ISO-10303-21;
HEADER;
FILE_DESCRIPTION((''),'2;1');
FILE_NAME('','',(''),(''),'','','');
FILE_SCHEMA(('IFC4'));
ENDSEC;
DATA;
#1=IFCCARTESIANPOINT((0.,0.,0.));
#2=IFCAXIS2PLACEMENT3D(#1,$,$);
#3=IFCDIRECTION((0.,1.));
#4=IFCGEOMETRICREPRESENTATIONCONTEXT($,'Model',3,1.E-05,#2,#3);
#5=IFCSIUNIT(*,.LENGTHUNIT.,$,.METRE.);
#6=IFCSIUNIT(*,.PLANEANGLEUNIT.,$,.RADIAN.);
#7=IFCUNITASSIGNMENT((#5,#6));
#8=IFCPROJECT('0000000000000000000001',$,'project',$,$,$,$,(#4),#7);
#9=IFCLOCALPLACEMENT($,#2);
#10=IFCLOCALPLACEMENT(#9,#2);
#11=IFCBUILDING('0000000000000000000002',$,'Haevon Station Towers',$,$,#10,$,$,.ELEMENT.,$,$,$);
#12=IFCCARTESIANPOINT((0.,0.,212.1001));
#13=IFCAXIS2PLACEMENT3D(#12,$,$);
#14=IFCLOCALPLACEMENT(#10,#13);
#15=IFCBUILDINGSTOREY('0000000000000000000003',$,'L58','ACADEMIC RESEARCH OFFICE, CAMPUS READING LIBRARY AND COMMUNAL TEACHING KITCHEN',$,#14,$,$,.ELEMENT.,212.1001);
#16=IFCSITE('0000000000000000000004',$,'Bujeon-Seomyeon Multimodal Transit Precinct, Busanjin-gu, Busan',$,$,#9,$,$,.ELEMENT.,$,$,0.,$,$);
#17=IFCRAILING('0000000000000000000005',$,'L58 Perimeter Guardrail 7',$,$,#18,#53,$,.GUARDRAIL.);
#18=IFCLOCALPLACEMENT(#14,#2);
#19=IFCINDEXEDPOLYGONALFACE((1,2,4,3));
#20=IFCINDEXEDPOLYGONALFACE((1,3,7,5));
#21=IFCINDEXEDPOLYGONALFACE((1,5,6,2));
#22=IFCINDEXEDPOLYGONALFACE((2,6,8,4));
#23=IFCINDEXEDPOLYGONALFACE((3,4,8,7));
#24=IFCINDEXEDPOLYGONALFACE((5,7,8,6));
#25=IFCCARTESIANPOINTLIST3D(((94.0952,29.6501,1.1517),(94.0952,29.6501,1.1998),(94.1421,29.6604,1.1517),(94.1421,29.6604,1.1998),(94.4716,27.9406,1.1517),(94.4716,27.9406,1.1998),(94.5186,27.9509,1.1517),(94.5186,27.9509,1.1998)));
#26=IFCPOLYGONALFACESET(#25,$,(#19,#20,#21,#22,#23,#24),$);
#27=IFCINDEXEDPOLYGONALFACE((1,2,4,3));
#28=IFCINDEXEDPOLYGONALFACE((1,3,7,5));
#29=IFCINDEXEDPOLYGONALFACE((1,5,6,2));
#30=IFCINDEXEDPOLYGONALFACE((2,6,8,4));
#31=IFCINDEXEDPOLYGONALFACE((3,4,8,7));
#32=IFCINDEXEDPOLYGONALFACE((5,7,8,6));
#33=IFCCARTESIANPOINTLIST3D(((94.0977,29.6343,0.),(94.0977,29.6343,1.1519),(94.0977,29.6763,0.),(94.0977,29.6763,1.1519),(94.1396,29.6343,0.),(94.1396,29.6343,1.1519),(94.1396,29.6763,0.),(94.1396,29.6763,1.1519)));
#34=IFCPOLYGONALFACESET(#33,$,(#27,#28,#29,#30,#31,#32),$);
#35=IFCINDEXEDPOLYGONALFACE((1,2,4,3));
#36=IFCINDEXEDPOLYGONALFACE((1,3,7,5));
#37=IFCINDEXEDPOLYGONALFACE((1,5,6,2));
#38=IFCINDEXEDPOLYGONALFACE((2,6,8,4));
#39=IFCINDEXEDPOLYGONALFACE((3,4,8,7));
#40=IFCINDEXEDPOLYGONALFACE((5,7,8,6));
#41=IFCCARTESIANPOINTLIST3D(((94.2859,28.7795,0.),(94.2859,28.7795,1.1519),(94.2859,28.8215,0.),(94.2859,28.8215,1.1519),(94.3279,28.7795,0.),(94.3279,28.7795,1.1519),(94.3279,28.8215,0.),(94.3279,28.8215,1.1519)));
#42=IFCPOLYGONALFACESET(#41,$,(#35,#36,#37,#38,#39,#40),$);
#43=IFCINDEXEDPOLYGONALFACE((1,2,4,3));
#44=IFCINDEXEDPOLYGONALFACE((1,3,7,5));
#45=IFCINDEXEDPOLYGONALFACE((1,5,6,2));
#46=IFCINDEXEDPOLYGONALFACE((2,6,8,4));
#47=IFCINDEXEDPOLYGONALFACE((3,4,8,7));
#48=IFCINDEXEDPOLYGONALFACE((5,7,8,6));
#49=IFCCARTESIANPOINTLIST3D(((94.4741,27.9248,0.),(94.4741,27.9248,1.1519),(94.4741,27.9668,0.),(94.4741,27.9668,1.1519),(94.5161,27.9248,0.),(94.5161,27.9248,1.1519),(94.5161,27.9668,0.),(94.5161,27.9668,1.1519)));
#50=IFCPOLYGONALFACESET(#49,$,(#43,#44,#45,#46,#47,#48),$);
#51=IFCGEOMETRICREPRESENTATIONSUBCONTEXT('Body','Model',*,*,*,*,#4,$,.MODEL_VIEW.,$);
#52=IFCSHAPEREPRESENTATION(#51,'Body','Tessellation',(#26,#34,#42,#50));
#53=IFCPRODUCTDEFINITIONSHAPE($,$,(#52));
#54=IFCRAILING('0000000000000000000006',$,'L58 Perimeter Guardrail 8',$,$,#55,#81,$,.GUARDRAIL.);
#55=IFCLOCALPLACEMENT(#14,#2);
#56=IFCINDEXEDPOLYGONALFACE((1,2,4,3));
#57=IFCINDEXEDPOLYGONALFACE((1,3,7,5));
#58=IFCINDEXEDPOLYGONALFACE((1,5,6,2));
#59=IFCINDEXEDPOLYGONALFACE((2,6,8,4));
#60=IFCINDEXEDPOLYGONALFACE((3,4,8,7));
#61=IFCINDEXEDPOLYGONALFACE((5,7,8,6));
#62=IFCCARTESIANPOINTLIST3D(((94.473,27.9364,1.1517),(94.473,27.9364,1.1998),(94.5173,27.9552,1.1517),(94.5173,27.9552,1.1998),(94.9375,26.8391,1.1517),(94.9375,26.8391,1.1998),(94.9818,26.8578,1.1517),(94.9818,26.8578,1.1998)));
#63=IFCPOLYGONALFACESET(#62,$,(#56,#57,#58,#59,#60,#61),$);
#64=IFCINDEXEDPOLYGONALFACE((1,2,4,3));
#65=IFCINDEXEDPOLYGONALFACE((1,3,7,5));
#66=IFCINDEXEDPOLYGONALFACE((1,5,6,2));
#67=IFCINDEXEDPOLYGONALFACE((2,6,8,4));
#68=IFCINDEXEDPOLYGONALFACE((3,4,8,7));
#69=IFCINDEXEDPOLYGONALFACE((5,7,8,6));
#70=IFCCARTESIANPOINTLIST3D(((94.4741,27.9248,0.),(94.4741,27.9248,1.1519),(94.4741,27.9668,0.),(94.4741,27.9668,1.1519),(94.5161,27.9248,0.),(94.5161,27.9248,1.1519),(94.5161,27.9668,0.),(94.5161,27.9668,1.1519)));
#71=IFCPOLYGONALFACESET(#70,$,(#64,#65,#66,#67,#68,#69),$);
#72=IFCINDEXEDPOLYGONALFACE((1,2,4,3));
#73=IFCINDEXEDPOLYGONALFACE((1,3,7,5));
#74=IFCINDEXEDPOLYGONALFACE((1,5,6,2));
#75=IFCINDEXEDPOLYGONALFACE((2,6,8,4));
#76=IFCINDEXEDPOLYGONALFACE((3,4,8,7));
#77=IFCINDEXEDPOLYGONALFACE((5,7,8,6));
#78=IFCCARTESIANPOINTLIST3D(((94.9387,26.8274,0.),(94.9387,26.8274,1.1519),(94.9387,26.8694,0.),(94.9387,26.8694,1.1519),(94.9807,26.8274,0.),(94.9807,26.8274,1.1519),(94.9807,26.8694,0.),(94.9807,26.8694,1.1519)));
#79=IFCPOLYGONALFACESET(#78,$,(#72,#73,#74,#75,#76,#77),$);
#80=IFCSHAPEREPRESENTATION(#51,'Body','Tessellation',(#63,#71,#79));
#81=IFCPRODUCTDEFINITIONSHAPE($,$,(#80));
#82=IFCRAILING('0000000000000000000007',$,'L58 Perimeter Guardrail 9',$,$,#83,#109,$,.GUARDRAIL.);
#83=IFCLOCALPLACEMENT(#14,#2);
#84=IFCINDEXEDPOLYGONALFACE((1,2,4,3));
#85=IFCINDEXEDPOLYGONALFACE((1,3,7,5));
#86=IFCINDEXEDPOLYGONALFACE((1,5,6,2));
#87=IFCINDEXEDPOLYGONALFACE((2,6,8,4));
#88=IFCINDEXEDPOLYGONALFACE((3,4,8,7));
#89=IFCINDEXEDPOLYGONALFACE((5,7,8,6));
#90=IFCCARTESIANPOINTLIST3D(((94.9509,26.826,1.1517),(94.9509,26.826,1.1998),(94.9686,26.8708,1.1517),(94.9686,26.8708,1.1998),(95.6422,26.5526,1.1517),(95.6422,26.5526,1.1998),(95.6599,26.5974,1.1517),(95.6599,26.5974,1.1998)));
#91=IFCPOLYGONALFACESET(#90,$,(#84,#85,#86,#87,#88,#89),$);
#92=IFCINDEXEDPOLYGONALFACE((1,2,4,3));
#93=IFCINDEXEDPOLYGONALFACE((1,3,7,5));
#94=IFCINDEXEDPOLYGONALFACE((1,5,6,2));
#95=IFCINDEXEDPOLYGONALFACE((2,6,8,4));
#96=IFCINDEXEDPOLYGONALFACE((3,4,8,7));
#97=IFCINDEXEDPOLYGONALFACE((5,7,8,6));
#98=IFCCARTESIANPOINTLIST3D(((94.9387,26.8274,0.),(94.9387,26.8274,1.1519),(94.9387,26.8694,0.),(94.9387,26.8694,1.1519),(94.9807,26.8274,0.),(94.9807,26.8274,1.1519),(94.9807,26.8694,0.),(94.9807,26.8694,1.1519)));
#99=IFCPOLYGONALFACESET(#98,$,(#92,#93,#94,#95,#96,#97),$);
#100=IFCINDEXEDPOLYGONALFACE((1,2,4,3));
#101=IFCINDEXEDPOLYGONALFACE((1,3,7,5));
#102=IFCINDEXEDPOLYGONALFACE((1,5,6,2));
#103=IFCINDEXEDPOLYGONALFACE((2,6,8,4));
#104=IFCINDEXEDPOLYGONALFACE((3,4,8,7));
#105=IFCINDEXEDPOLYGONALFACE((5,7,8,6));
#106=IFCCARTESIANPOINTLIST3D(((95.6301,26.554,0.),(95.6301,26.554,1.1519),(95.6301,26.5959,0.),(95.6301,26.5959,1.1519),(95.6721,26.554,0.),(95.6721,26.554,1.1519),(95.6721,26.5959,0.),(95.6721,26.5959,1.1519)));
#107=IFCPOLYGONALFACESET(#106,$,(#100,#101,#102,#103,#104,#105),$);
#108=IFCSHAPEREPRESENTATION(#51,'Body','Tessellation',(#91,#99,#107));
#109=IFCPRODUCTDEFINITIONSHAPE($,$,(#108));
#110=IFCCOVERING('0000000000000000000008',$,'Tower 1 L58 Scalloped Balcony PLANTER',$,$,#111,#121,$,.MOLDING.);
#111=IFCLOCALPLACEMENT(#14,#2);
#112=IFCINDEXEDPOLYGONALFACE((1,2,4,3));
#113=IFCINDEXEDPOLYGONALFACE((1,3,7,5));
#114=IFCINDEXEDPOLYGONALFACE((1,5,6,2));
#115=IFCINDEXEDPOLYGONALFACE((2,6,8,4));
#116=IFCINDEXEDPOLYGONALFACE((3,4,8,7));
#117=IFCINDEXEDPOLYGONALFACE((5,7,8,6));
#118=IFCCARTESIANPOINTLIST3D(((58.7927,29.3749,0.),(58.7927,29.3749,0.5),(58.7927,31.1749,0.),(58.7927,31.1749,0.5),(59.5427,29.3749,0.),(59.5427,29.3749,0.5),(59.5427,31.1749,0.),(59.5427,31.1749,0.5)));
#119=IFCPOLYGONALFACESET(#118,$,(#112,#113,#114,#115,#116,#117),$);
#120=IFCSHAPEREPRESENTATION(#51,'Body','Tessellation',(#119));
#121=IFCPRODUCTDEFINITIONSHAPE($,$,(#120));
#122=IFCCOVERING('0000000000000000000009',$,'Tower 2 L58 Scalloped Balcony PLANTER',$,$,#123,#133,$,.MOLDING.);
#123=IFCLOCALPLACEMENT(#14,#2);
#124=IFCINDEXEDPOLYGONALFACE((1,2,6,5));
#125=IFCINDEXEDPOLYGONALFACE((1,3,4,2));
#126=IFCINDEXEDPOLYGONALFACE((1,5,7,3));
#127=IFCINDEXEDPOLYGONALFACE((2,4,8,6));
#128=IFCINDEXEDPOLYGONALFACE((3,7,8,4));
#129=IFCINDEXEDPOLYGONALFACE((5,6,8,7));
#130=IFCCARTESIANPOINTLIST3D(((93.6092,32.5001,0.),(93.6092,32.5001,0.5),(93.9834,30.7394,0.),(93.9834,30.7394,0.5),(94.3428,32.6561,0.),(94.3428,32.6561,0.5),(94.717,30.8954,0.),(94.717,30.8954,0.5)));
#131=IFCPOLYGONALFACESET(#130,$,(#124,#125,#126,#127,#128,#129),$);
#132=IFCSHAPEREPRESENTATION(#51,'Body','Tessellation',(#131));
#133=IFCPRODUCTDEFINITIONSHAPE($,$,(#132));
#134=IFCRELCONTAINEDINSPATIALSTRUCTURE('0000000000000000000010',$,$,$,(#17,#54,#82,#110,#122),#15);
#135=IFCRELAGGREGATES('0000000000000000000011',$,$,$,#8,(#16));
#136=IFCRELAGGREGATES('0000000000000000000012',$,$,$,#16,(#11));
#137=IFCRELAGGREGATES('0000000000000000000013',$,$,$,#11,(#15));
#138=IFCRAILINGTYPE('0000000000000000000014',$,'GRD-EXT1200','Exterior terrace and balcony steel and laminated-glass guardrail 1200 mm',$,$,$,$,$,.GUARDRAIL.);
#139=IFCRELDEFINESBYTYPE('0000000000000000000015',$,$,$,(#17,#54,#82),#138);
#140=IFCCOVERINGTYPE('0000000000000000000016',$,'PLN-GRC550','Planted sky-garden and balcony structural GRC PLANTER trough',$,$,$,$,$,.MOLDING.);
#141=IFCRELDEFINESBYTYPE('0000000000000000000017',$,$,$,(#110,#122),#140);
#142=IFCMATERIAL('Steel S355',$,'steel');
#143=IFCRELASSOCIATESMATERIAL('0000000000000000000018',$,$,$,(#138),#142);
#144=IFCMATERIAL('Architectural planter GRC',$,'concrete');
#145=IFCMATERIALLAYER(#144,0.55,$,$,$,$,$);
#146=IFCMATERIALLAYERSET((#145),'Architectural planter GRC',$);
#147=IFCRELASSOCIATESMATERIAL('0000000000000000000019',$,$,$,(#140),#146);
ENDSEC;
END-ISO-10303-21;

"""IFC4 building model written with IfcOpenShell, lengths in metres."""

from ifc_helpers import new_model, si_unit, direction, frame, origin, origin_2d, place, context, subcontext, project, spatial, rectangle, extrude, material, layer, layer_set, type_object, element, save


model = new_model("IFC4")

# Units and contexts
model_context = context("Model", 3, precision=1e-05, world=origin(), true_north=direction((0.0, 1.0)))
body_context = subcontext(model_context, "Body", "Model", "MODEL_VIEW")
ifc_project = project(units=[si_unit("LENGTHUNIT", "METRE"), si_unit("PLANEANGLEUNIT", "RADIAN")], contexts=[model_context])

# Site, building, storey
site_placement = place(None, origin())
site = spatial("IfcSite", under=ifc_project, at=site_placement, Name="Bujeon-Seomyeon Multimodal Transit Precinct, Busanjin-gu, Busan", CompositionType="ELEMENT", RefElevation=0.0)
building_placement = place(site_placement, origin())
building = spatial("IfcBuilding", under=site, at=building_placement, Name="Haevon Station Towers", CompositionType="ELEMENT")
storey_placement = place(building_placement, frame((0.0, 0.0, 212.1001)))
storey = spatial("IfcBuildingStorey", under=building, at=storey_placement, Name="L58", Description="ACADEMIC RESEARCH OFFICE, CAMPUS READING LIBRARY AND COMMUNAL TEACHING KITCHEN", CompositionType="ELEMENT", Elevation=212.1001)

# Shared definitions
ifc_material_1 = material(Name="Steel S355", Category="steel")

# Railings
railing_type = type_object("IfcRailingType", Name="GRD-EXT1200", Description="Exterior terrace and balcony steel and laminated-glass guardrail 1200 mm", PredefinedType="GUARDRAIL", material=ifc_material_1)
railing_1_placement = place(storey_placement, frame((94.1187, 29.6553, 0.0)))
element("IfcRailing", 1, at=railing_1_placement, inside=storey, type_object=railing_type, Name="L58 Perimeter Guardrail 7", PredefinedType="GUARDRAIL", context=body_context, shape_type="SweptSolid", body=[
    extrude(rectangle(XDim=0.0481, YDim=0.0481, at=origin_2d()), frame((0.0, 0.0, 1.1758), z_axis=(0.215069, -0.976599, 0.0), x_axis=(0.976599, 0.215069, 0.0)), (0.0, 0.0, 1.0), 1.7505),
    extrude(rectangle(XDim=0.042, YDim=0.042, at=origin_2d()), origin(), (0.0, 0.0, 1.0), 1.1519),
    extrude(rectangle(XDim=0.042, YDim=0.042, at=origin_2d()), frame((0.1882, -0.8547, 0.0)), (0.0, 0.0, 1.0), 1.1519),
    extrude(rectangle(XDim=0.042, YDim=0.042, at=origin_2d()), frame((0.3765, -1.7095, 0.0)), (0.0, 0.0, 1.0), 1.1519),
])
railing_2_placement = place(storey_placement, frame((94.4951, 27.9458, 0.0)))
element("IfcRailing", 2, at=railing_2_placement, inside=storey, type_object=railing_type, Name="L58 Perimeter Guardrail 8", PredefinedType="GUARDRAIL", context=body_context, shape_type="SweptSolid", body=[
    extrude(rectangle(XDim=0.0481, YDim=0.0481, at=origin_2d()), frame((0.0, 0.0, 1.1758), z_axis=(0.389861, -0.920874, 0.0), x_axis=(0.920874, 0.389861, 0.0)), (0.0, 0.0, 1.0), 1.1917),
    extrude(rectangle(XDim=0.042, YDim=0.042, at=origin_2d()), origin(), (0.0, 0.0, 1.0), 1.1519),
    extrude(rectangle(XDim=0.042, YDim=0.042, at=origin_2d()), frame((0.4646, -1.0974, 0.0)), (0.0, 0.0, 1.0), 1.1519),
])
railing_3_placement = place(storey_placement, frame((94.9597, 26.8484, 0.0)))
element("IfcRailing", 3, at=railing_3_placement, inside=storey, type_object=railing_type, Name="L58 Perimeter Guardrail 9", PredefinedType="GUARDRAIL", context=body_context, shape_type="SweptSolid", body=[
    extrude(rectangle(XDim=0.0481, YDim=0.0481, at=origin_2d()), frame((0.0, 0.0, 1.1758), z_axis=(0.929919, -0.367765, 0.0), x_axis=(0.367765, 0.929919, 0.0)), (0.0, 0.0, 1.0), 0.7434),
    extrude(rectangle(XDim=0.042, YDim=0.042, at=origin_2d()), origin(), (0.0, 0.0, 1.0), 1.1519),
    extrude(rectangle(XDim=0.042, YDim=0.042, at=origin_2d()), frame((0.6914, -0.2734, 0.0)), (0.0, 0.0, 1.0), 1.1519),
])

# Coverings
ifc_material_2 = material(Name="Architectural planter GRC", Category="concrete")
ifc_layer_1 = layer(ifc_material_2, 0.55)
ifc_layer_set_1 = layer_set([ifc_layer_1], Name="Architectural planter GRC")
covering_type = type_object("IfcCoveringType", Name="PLN-GRC550", Description="Planted sky-garden and balcony structural GRC PLANTER trough", PredefinedType="MOLDING", material=ifc_layer_set_1)
for number, where, z_axis, x_axis, name in (
    (4, (59.1677, 30.2749, 0.0), (0.0, 0.0, 1.0), (1.0, 0.0, 0.0), "Tower 1 L58 Scalloped Balcony PLANTER"),
    (5, (94.1631, 31.6978, 0.0), (0.0, 0.0, 1.0), (0.978148, 0.207912, 0.0), "Tower 2 L58 Scalloped Balcony PLANTER"),
):
    element("IfcCovering", number, at=place(storey_placement, frame(where, z_axis=z_axis, x_axis=x_axis)), inside=storey, type_object=covering_type, Name=name, PredefinedType="MOLDING", context=body_context, shape_type="SweptSolid", body=[
        extrude(rectangle(XDim=0.75, YDim=1.8, at=origin_2d()), origin(), (0.0, 0.0, 1.0), 0.5),
    ])

save(model, "model.ifc")
